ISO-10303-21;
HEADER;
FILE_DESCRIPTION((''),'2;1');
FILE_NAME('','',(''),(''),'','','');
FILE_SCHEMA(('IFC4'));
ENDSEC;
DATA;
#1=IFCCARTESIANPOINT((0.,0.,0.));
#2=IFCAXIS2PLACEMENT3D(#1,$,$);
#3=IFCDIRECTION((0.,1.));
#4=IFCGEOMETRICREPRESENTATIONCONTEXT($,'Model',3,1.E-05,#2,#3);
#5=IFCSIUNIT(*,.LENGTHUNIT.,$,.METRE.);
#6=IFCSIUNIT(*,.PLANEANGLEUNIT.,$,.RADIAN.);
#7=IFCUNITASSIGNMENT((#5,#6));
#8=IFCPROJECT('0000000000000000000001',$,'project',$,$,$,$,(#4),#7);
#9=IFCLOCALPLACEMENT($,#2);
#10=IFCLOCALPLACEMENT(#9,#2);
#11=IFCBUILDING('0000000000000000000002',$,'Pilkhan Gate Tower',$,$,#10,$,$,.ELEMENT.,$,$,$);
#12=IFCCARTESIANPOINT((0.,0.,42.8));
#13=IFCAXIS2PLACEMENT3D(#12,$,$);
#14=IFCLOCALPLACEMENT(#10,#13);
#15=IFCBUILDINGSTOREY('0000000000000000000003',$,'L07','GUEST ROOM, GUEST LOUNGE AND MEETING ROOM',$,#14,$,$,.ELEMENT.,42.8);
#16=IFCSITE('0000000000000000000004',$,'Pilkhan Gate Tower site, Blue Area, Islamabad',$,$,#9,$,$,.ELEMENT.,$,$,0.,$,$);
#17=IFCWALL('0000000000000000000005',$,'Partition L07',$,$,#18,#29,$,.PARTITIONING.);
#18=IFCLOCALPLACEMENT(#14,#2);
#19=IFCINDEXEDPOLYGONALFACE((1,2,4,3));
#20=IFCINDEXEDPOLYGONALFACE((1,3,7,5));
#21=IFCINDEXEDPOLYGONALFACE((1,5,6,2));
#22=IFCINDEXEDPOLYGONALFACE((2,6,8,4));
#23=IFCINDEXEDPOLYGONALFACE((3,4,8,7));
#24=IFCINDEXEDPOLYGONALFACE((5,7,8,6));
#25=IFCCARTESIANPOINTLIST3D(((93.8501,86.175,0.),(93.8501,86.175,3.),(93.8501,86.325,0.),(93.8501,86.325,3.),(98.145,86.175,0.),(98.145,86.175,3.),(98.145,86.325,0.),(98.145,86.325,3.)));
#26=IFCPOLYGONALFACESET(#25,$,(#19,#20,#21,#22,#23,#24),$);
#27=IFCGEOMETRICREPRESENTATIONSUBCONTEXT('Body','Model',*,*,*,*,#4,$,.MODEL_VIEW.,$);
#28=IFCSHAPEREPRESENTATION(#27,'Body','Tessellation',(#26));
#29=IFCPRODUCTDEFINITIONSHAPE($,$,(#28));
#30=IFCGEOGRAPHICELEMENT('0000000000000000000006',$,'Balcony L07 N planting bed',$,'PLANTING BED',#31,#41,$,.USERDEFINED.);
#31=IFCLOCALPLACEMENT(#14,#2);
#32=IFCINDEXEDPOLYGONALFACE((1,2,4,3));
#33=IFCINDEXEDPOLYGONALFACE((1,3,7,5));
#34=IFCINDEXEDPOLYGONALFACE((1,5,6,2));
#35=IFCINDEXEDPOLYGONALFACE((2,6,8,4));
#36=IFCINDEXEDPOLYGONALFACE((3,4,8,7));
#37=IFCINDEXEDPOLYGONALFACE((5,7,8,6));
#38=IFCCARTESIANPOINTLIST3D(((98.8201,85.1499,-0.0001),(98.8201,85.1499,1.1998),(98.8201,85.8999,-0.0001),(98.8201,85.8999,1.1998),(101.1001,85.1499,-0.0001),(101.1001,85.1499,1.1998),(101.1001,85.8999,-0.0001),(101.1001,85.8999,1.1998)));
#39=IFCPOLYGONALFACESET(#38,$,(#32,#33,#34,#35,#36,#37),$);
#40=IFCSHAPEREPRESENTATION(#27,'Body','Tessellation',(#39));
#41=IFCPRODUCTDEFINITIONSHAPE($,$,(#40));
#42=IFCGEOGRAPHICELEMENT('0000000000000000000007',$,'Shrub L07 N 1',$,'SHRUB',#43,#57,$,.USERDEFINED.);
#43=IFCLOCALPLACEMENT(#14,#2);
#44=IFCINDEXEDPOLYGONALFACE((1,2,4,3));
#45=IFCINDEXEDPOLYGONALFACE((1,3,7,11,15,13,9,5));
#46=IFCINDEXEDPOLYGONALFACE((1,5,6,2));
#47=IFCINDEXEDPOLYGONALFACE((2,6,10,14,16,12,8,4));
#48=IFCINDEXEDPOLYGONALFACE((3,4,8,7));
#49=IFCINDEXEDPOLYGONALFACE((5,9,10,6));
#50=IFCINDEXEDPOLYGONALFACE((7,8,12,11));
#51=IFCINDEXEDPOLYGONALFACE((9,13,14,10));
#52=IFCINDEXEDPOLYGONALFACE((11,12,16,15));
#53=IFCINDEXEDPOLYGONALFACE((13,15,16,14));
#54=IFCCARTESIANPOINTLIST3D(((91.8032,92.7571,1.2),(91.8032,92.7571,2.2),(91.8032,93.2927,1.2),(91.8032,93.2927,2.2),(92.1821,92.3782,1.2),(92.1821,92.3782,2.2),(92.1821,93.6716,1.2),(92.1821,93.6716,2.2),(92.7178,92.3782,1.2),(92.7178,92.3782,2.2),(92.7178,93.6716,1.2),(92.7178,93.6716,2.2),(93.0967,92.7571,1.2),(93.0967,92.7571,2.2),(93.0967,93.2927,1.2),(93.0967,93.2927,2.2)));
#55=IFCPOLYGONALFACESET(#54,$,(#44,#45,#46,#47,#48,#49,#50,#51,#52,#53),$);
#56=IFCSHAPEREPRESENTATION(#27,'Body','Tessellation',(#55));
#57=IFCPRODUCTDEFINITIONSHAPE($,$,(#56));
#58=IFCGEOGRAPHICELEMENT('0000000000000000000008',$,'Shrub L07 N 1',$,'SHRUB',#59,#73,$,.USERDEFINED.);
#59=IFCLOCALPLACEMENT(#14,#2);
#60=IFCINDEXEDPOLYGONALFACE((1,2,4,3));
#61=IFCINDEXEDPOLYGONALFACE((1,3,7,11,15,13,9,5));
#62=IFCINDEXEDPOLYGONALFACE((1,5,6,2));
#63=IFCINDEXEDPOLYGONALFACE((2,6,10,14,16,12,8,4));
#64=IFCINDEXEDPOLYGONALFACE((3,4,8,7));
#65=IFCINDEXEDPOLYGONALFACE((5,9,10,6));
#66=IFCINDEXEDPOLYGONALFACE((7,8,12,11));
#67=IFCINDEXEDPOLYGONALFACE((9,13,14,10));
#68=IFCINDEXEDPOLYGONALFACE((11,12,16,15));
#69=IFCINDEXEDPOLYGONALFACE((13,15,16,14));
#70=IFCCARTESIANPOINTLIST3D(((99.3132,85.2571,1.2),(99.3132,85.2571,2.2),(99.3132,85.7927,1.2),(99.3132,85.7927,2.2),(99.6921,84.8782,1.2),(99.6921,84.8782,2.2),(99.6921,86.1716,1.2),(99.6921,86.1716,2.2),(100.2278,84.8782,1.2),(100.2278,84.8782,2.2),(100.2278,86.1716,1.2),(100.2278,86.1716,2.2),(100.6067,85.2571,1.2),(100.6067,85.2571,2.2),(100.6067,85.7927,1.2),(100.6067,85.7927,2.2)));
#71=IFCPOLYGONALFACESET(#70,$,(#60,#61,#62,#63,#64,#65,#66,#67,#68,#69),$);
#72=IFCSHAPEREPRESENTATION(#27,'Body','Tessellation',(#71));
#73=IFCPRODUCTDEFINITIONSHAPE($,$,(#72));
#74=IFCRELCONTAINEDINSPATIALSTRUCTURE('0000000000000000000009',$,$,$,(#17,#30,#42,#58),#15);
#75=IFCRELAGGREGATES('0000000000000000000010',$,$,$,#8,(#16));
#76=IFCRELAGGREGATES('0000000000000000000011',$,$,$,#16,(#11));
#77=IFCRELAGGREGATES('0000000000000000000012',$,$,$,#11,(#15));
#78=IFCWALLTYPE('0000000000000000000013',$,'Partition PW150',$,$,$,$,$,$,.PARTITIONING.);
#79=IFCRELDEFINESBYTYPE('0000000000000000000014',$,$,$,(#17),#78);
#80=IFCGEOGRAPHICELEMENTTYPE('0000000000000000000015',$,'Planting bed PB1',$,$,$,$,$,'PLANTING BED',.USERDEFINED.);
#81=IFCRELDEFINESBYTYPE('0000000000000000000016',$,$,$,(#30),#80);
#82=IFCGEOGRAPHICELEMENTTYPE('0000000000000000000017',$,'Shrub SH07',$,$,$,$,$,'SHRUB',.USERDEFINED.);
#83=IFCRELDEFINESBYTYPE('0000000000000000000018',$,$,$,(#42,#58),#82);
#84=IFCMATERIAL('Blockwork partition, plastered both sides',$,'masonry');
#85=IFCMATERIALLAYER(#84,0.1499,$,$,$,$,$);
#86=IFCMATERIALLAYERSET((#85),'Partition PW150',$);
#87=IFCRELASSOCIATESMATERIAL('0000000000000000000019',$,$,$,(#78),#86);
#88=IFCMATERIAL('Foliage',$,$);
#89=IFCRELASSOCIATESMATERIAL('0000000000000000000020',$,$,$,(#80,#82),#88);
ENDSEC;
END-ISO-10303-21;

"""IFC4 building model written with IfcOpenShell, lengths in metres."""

from ifc_helpers import new_model, si_unit, direction, frame, frame_2d, origin, origin_2d, place, context, subcontext, project, spatial, polyline, rectangle, outline, extrude, material, layer, layer_set, material_profile, profile_set, type_object, element, save


model = new_model("IFC4")

# Units and contexts
model_context = context("Model", 3, precision=1e-05, world=origin(), true_north=direction((0.0, 1.0)))
body_context = subcontext(model_context, "Body", "Model", "MODEL_VIEW")
ifc_project = project(units=[si_unit("LENGTHUNIT", "METRE"), si_unit("PLANEANGLEUNIT", "RADIAN")], contexts=[model_context])

# Site, building, storey
site_placement = place(None, origin())
site = spatial("IfcSite", under=ifc_project, at=site_placement, Name="Pilkhan Gate Tower site, Blue Area, Islamabad", CompositionType="ELEMENT", RefElevation=0.0)
building_placement = place(site_placement, origin())
building = spatial("IfcBuilding", under=site, at=building_placement, Name="Pilkhan Gate Tower", CompositionType="ELEMENT")
storey_placement = place(building_placement, frame((0.0, 0.0, 42.8)))
storey = spatial("IfcBuildingStorey", under=building, at=storey_placement, Name="L07", Description="GUEST ROOM, GUEST LOUNGE AND MEETING ROOM", CompositionType="ELEMENT", Elevation=42.8)

# Wall
ifc_material_1 = material(Name="Blockwork partition, plastered both sides", Category="masonry")
ifc_layer_1 = layer(ifc_material_1, 0.1499)
ifc_layer_set_1 = layer_set([ifc_layer_1], Name="Partition PW150")
wall_type_1 = type_object("IfcWallType", Name="Partition PW150", PredefinedType="PARTITIONING", material=ifc_layer_set_1)
wall_1_placement = place(storey_placement, frame((93.8501, 86.25, 0.0), z_axis=(0.0, 0.0, 1.0), x_axis=(1.0, 0.0, 0.0)))
element("IfcWall", 1, at=wall_1_placement, inside=storey, type_object=wall_type_1, Name="Partition L07", PredefinedType="PARTITIONING", context=body_context, shape_type="SweptSolid", body=[
    extrude(rectangle(XDim=4.2949, YDim=0.1499, at=frame_2d((2.1475, 0.0))), origin(), (0.0, 0.0, 1.0), 3.0),
])

# Geographic elements
ifc_material_2 = material(Name="Foliage")
ifc_material_profile_1 = material_profile(ifc_material_2, rectangle(XDim=0.75, YDim=1.2, at=origin_2d()), Name="Bed 750x1200")
ifc_profile_set_1 = profile_set([ifc_material_profile_1], Name="Foliage")
geographic_element_type_1 = type_object("IfcGeographicElementType", Name="Planting bed PB1", ElementType="PLANTING BED", PredefinedType="USERDEFINED", material=ifc_profile_set_1)
geographic_element_placement = place(storey_placement, frame((98.8201, 85.5249, 0.5999), z_axis=(1.0, 0.0, 0.0), x_axis=(0.0, 1.0, 0.0)))
element("IfcGeographicElement", 2, at=geographic_element_placement, inside=storey, type_object=geographic_element_type_1, Name="Balcony L07 N planting bed", ObjectType="PLANTING BED", PredefinedType="USERDEFINED", context=body_context, shape_type="SweptSolid", body=[
    extrude(rectangle(XDim=0.75, YDim=1.2, at=origin_2d()), origin(), (0.0, 0.0, 1.0), 2.28),
])
ifc_material_profile_2 = material_profile(ifc_material_2, outline(polyline([(0.6467, 0.2678), (0.2678, 0.6467), (-0.2678, 0.6467), (-0.6467, 0.2678), (-0.6467, -0.2678), (-0.2678, -0.6467), (0.2678, -0.6467), (0.6467, -0.2678), (0.6467, 0.2678)])), Name="Shrub D1.4")
ifc_profile_set_2 = profile_set([ifc_material_profile_2], Name="Foliage")
geographic_element_type_2 = type_object("IfcGeographicElementType", Name="Shrub SH07", ElementType="SHRUB", PredefinedType="USERDEFINED", material=ifc_profile_set_2)
for number, where, z_axis, x_axis, name in (
    (3, (92.45, 93.0249, 1.2), (0.0, 0.0, 1.0), (1.0, 0.0, 0.0), "Shrub L07 N 1"),
    (4, (99.96, 85.5249, 1.2), (0.0, 0.0, 1.0), (1.0, 0.0, 0.0), "Shrub L07 N 1"),
):
    element("IfcGeographicElement", number, at=place(storey_placement, frame(where, z_axis=z_axis, x_axis=x_axis)), inside=storey, type_object=geographic_element_type_2, Name=name, ObjectType="SHRUB", PredefinedType="USERDEFINED", context=body_context, shape_type="SweptSolid", body=[
        extrude(outline(polyline([(0.6467, 0.2678), (0.2678, 0.6467), (-0.2678, 0.6467), (-0.6467, 0.2678), (-0.6467, -0.2678), (-0.2678, -0.6467), (0.2678, -0.6467), (0.6467, -0.2678), (0.6467, 0.2678)])), origin(), (0.0, 0.0, 1.0), 1.0),
    ])

save(model, "model.ifc")
